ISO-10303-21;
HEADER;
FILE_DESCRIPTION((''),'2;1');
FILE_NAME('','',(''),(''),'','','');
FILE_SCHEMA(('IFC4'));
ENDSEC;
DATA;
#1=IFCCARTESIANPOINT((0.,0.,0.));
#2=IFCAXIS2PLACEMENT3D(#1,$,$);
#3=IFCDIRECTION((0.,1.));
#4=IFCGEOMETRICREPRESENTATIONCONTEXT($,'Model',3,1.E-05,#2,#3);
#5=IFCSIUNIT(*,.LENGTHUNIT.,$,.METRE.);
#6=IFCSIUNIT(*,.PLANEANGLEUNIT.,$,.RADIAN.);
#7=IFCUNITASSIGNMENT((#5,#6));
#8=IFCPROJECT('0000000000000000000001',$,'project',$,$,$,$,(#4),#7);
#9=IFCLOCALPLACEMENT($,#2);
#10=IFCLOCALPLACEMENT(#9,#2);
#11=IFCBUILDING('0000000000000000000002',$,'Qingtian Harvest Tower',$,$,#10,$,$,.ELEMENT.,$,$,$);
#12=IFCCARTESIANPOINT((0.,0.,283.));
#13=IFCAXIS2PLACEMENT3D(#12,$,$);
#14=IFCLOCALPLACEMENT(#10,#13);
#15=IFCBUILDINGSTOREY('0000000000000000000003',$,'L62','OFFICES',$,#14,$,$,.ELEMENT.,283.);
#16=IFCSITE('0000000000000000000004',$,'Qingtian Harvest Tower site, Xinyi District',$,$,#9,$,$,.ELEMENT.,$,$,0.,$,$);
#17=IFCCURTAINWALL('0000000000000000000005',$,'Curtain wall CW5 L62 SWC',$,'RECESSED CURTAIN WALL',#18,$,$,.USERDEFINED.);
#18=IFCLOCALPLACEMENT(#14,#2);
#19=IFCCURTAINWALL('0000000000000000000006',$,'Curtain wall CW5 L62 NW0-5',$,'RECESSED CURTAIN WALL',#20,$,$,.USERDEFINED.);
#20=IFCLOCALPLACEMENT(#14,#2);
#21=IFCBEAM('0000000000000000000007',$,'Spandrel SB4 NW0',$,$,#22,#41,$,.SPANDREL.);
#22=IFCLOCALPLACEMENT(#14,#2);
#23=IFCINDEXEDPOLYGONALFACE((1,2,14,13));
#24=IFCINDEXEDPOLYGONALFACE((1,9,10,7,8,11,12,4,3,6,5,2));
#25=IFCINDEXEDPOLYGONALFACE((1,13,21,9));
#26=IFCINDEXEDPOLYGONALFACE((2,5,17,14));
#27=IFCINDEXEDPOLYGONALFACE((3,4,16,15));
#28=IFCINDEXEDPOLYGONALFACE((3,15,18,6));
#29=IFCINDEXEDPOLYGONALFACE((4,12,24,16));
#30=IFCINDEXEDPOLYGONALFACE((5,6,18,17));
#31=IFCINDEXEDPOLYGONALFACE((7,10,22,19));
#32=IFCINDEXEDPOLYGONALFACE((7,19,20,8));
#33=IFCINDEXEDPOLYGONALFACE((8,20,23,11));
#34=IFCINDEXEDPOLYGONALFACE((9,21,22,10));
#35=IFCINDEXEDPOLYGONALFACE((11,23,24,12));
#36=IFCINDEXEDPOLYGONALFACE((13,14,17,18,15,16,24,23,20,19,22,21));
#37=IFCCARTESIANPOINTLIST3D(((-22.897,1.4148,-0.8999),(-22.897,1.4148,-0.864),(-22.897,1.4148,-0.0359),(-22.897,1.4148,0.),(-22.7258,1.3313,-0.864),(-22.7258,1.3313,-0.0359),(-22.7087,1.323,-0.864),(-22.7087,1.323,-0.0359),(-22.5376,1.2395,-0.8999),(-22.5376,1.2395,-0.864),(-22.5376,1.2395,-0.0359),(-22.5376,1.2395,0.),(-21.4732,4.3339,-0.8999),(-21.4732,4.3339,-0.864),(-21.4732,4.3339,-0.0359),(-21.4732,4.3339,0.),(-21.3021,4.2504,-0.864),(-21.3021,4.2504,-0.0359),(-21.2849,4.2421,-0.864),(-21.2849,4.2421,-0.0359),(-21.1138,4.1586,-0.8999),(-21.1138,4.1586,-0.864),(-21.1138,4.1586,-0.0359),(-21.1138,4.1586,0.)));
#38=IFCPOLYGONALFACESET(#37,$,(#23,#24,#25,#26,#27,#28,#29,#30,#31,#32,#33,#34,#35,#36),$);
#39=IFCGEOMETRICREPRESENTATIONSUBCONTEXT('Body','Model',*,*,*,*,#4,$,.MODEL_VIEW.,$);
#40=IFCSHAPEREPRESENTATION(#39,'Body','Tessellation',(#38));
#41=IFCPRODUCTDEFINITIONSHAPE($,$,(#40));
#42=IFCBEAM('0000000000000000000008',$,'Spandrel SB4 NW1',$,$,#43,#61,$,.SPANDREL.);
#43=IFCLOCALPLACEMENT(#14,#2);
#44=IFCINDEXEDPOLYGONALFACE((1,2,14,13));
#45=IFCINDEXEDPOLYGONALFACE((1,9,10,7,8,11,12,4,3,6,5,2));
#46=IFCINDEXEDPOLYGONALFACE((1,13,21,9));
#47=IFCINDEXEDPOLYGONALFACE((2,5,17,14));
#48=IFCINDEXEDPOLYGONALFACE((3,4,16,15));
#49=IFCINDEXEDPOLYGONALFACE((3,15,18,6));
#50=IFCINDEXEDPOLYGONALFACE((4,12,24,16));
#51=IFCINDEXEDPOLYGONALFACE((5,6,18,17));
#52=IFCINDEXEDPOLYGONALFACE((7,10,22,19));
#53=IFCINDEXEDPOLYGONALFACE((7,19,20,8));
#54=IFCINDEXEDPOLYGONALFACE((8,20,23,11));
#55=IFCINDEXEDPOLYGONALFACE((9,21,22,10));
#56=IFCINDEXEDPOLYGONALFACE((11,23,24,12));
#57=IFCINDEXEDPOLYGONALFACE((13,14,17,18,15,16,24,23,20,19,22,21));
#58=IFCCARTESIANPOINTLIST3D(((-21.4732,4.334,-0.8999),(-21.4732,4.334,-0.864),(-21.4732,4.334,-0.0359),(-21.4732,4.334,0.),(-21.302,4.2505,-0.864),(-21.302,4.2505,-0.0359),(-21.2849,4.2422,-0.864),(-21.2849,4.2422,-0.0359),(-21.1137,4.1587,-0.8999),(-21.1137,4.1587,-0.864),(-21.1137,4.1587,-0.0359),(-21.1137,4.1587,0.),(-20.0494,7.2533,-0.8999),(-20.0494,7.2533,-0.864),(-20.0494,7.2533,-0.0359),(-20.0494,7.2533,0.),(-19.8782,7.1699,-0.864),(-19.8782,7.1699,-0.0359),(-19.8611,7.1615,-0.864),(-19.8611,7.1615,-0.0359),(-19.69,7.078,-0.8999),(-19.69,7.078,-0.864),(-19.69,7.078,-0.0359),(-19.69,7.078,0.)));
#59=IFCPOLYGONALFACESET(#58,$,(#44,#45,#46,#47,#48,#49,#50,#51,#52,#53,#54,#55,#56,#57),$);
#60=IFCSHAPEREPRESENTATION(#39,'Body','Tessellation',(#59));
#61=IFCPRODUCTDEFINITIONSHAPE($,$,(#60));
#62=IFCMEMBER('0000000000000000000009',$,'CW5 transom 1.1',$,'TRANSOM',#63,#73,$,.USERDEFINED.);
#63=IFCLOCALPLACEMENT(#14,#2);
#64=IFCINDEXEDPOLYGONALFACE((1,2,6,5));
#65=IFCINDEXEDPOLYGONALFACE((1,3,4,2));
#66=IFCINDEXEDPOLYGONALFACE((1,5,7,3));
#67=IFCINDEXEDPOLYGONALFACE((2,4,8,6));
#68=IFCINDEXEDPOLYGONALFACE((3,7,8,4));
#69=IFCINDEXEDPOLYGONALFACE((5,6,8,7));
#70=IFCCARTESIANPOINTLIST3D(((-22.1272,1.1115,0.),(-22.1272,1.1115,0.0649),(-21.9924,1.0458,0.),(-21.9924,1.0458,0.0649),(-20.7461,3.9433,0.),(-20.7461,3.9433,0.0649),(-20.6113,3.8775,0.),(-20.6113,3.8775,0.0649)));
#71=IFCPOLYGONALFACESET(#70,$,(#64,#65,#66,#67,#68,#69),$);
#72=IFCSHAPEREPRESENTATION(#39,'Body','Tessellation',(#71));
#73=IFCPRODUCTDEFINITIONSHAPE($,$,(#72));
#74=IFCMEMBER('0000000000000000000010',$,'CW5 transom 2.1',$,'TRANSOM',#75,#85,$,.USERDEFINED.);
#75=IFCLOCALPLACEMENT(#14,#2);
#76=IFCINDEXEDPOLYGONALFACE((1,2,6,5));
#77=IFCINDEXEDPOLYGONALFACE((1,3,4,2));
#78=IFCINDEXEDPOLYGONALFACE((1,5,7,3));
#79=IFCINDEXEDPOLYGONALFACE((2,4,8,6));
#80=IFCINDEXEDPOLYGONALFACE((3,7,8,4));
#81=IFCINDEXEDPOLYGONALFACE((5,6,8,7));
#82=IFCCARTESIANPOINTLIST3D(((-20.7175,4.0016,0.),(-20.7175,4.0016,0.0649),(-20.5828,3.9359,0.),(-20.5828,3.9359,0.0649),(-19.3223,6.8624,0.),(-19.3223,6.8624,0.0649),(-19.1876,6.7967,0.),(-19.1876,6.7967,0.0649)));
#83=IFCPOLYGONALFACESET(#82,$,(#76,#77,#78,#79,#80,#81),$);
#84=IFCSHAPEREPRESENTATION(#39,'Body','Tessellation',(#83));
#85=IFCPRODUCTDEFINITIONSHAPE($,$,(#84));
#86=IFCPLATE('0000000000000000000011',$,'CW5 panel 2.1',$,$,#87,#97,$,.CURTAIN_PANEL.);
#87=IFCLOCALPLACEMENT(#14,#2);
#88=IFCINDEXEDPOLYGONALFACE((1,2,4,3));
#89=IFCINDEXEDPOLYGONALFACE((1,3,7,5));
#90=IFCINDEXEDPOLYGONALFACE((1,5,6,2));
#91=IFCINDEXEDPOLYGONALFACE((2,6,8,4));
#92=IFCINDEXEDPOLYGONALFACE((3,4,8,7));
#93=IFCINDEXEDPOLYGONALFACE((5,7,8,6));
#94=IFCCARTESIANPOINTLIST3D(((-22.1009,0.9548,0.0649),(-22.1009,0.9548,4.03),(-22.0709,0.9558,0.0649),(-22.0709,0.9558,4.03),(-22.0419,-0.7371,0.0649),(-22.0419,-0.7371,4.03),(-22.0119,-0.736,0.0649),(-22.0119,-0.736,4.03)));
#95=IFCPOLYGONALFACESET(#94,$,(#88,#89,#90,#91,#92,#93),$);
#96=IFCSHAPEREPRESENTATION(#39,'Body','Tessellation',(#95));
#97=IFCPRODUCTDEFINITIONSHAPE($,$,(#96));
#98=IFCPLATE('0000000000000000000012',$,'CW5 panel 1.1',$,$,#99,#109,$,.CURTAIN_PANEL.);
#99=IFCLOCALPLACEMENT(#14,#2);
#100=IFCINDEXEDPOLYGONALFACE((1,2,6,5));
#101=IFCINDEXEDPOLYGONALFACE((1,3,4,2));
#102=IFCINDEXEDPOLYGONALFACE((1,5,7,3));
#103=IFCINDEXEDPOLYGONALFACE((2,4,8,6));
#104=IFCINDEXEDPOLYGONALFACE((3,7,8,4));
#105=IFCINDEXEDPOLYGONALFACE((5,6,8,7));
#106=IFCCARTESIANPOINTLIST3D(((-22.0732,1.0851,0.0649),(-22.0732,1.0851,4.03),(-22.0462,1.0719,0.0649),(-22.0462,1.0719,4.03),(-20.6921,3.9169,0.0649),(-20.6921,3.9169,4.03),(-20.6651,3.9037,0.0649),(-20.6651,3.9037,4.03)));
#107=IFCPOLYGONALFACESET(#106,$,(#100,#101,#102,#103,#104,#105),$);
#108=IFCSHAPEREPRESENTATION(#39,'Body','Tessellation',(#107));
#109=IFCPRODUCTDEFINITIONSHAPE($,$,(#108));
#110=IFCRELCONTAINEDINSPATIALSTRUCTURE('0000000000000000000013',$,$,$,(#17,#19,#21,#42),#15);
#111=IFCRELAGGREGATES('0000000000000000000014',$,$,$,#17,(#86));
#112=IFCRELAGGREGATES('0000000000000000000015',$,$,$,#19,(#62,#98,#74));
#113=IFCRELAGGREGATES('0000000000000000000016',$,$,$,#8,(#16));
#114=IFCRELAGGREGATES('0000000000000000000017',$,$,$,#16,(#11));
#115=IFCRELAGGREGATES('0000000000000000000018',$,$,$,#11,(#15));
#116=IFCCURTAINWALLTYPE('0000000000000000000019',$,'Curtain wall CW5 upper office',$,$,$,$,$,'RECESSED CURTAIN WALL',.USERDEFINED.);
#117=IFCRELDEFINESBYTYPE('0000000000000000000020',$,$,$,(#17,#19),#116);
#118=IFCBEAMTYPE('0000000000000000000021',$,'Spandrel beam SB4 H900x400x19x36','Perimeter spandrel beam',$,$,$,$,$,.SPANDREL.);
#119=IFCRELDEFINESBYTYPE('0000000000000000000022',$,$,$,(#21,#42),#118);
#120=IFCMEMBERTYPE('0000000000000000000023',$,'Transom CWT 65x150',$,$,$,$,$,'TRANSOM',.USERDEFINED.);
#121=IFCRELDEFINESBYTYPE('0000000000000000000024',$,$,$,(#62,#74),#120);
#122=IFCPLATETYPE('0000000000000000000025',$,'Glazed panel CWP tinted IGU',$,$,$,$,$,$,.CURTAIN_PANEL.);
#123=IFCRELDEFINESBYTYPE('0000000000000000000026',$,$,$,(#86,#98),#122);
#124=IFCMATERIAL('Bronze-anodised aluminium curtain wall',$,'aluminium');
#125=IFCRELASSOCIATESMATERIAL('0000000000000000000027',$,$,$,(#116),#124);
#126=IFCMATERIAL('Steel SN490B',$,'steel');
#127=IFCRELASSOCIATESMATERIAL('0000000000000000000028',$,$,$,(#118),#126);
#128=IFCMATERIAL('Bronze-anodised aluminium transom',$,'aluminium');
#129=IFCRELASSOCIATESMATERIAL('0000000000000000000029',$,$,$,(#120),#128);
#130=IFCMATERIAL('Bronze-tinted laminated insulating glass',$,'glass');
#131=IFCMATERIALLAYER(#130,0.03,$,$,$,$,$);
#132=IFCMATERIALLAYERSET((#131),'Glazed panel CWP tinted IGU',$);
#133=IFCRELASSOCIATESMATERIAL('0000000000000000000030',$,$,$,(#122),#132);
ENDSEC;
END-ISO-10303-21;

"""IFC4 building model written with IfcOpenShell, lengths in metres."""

from ifc_helpers import new_model, si_unit, direction, frame, origin, origin_2d, place, context, subcontext, project, spatial, rectangle, i_section, extrude, material, layer, layer_set, material_profile, profile_set, type_object, element, aggregate, save


model = new_model("IFC4")

# Units and contexts
model_context = context("Model", 3, precision=1e-05, world=origin(), true_north=direction((0.0, 1.0)))
body_context = subcontext(model_context, "Body", "Model", "MODEL_VIEW")
ifc_project = project(units=[si_unit("LENGTHUNIT", "METRE"), si_unit("PLANEANGLEUNIT", "RADIAN")], contexts=[model_context])

# Site, building, storey
site_placement = place(None, origin())
site = spatial("IfcSite", under=ifc_project, at=site_placement, Name="Qingtian Harvest Tower site, Xinyi District", CompositionType="ELEMENT", RefElevation=0.0)
building_placement = place(site_placement, origin())
building = spatial("IfcBuilding", under=site, at=building_placement, Name="Qingtian Harvest Tower", CompositionType="ELEMENT")
storey_placement = place(building_placement, frame((0.0, 0.0, 283.0)))
storey = spatial("IfcBuildingStorey", under=building, at=storey_placement, Name="L62", Description="OFFICES", CompositionType="ELEMENT", Elevation=283.0)

# Curtain wall
ifc_material_1 = material(Name="Bronze-anodised aluminium curtain wall", Category="aluminium")
curtain_wall_type = type_object("IfcCurtainWallType", Name="Curtain wall CW5 upper office", ElementType="RECESSED CURTAIN WALL", PredefinedType="USERDEFINED", material=ifc_material_1)
curtain_wall_1_placement = place(storey_placement, origin())
curtain_wall_1 = element("IfcCurtainWall", 1, at=curtain_wall_1_placement, inside=storey, type_object=curtain_wall_type, Name="Curtain wall CW5 L62 SWC", ObjectType="RECESSED CURTAIN WALL", PredefinedType="USERDEFINED")

# Curtain wall
curtain_wall_2_placement = place(storey_placement, origin())
curtain_wall_2 = element("IfcCurtainWall", 2, at=curtain_wall_2_placement, inside=storey, type_object=curtain_wall_type, Name="Curtain wall CW5 L62 NW0-5", ObjectType="RECESSED CURTAIN WALL", PredefinedType="USERDEFINED")

# Beams
ifc_material_2 = material(Name="Steel SN490B", Category="steel")
ifc_material_profile_1 = material_profile(ifc_material_2, i_section(OverallWidth=0.3999, OverallDepth=0.8999, WebThickness=0.019, FlangeThickness=0.0359, at=origin_2d()), Name="H900x400x19x36")
ifc_profile_set_1 = profile_set([ifc_material_profile_1], Name="Steel SN490B")
beam_type_1 = type_object("IfcBeamType", Name="Spandrel beam SB4 H900x400x19x36", Description="Perimeter spandrel beam", PredefinedType="SPANDREL", material=ifc_profile_set_1)
beam_1_placement = place(storey_placement, frame((-22.7173, 1.3271, -0.45), z_axis=(0.438382, 0.898789, 0.0), x_axis=(-0.898789, 0.438382, 0.0)))
element("IfcBeam", 3, at=beam_1_placement, inside=storey, type_object=beam_type_1, Name="Spandrel SB4 NW0", PredefinedType="SPANDREL", context=body_context, shape_type="SweptSolid", body=[
    extrude(i_section(OverallWidth=0.3999, OverallDepth=0.8999, WebThickness=0.019, FlangeThickness=0.0359, at=origin_2d()), origin(), (0.0, 0.0, 1.0), 3.2478),
])
beam_2_placement = place(storey_placement, frame((-21.2935, 4.2463, -0.45), z_axis=(0.438353, 0.898803, 0.0), x_axis=(-0.898803, 0.438353, 0.0)))
element("IfcBeam", 4, at=beam_2_placement, inside=storey, type_object=beam_type_1, Name="Spandrel SB4 NW1", PredefinedType="SPANDREL", context=body_context, shape_type="SweptSolid", body=[
    extrude(i_section(OverallWidth=0.3999, OverallDepth=0.8999, WebThickness=0.019, FlangeThickness=0.0359, at=origin_2d()), origin(), (0.0, 0.0, 1.0), 3.248),
])

# Members
ifc_material_3 = material(Name="Bronze-anodised aluminium transom", Category="aluminium")
ifc_material_profile_2 = material_profile(ifc_material_3, rectangle(XDim=0.1499, YDim=0.0649, at=origin_2d()), Name="AL 65x150")
ifc_profile_set_2 = profile_set([ifc_material_profile_2], Name="Bronze-anodised aluminium transom")
member_type_1 = type_object("IfcMemberType", Name="Transom CWT 65x150", ElementType="TRANSOM", PredefinedType="USERDEFINED", material=ifc_profile_set_2)
member_1_placement = place(storey_placement, frame((-22.0598, 1.0786, 0.0325), z_axis=(0.438358, 0.8988, 0.0), x_axis=(-0.8988, 0.438358, 0.0)))
member_1 = element("IfcMember", 5, at=member_1_placement, type_object=member_type_1, Name="CW5 transom 1.1", ObjectType="TRANSOM", PredefinedType="USERDEFINED", context=body_context, shape_type="SweptSolid", body=[
    extrude(rectangle(XDim=0.1499, YDim=0.0649, at=origin_2d()), origin(), (0.0, 0.0, 1.0), 3.1506),
])
member_2_placement = place(storey_placement, frame((-20.6501, 3.9688, 0.0325), z_axis=(0.438356, 0.898802, 0.0), x_axis=(-0.898802, 0.438356, 0.0)))
member_2 = element("IfcMember", 6, at=member_2_placement, type_object=member_type_1, Name="CW5 transom 2.1", ObjectType="TRANSOM", PredefinedType="USERDEFINED", context=body_context, shape_type="SweptSolid", body=[
    extrude(rectangle(XDim=0.1499, YDim=0.0649, at=origin_2d()), origin(), (0.0, 0.0, 1.0), 3.1829),
])

# Plates
ifc_material_4 = material(Name="Bronze-tinted laminated insulating glass", Category="glass")
ifc_layer = layer(ifc_material_4, 0.03)
ifc_layer_set = layer_set([ifc_layer], Name="Glazed panel CWP tinted IGU")
plate_type = type_object("IfcPlateType", Name="Glazed panel CWP tinted IGU", PredefinedType="CURTAIN_PANEL", material=ifc_layer_set)
plate_1_placement = place(storey_placement, frame((-22.0564, 0.1094, 0.0649), z_axis=(0.0, 0.0, 1.0), x_axis=(-0.034899, 0.999391, 0.0)))
plate_1 = element("IfcPlate", 7, at=plate_1_placement, type_object=plate_type, Name="CW5 panel 2.1", PredefinedType="CURTAIN_PANEL", context=body_context, shape_type="SweptSolid", body=[
    extrude(rectangle(XDim=1.6929, YDim=0.03, at=origin_2d()), origin(), (0.0, 0.0, 1.0), 3.9651),
])
aggregate(curtain_wall_1, [plate_1])
plate_2_placement = place(storey_placement, frame((-21.3691, 2.4944, 0.0649), z_axis=(0.0, 0.0, 1.0), x_axis=(0.438371, 0.898794, 0.0)))
plate_2 = element("IfcPlate", 8, at=plate_2_placement, type_object=plate_type, Name="CW5 panel 1.1", PredefinedType="CURTAIN_PANEL", context=body_context, shape_type="SweptSolid", body=[
    extrude(rectangle(XDim=3.1506, YDim=0.03, at=origin_2d()), origin(), (0.0, 0.0, 1.0), 3.9651),
])
aggregate(curtain_wall_2, [member_1, plate_2, member_2])

save(model, "model.ifc")
